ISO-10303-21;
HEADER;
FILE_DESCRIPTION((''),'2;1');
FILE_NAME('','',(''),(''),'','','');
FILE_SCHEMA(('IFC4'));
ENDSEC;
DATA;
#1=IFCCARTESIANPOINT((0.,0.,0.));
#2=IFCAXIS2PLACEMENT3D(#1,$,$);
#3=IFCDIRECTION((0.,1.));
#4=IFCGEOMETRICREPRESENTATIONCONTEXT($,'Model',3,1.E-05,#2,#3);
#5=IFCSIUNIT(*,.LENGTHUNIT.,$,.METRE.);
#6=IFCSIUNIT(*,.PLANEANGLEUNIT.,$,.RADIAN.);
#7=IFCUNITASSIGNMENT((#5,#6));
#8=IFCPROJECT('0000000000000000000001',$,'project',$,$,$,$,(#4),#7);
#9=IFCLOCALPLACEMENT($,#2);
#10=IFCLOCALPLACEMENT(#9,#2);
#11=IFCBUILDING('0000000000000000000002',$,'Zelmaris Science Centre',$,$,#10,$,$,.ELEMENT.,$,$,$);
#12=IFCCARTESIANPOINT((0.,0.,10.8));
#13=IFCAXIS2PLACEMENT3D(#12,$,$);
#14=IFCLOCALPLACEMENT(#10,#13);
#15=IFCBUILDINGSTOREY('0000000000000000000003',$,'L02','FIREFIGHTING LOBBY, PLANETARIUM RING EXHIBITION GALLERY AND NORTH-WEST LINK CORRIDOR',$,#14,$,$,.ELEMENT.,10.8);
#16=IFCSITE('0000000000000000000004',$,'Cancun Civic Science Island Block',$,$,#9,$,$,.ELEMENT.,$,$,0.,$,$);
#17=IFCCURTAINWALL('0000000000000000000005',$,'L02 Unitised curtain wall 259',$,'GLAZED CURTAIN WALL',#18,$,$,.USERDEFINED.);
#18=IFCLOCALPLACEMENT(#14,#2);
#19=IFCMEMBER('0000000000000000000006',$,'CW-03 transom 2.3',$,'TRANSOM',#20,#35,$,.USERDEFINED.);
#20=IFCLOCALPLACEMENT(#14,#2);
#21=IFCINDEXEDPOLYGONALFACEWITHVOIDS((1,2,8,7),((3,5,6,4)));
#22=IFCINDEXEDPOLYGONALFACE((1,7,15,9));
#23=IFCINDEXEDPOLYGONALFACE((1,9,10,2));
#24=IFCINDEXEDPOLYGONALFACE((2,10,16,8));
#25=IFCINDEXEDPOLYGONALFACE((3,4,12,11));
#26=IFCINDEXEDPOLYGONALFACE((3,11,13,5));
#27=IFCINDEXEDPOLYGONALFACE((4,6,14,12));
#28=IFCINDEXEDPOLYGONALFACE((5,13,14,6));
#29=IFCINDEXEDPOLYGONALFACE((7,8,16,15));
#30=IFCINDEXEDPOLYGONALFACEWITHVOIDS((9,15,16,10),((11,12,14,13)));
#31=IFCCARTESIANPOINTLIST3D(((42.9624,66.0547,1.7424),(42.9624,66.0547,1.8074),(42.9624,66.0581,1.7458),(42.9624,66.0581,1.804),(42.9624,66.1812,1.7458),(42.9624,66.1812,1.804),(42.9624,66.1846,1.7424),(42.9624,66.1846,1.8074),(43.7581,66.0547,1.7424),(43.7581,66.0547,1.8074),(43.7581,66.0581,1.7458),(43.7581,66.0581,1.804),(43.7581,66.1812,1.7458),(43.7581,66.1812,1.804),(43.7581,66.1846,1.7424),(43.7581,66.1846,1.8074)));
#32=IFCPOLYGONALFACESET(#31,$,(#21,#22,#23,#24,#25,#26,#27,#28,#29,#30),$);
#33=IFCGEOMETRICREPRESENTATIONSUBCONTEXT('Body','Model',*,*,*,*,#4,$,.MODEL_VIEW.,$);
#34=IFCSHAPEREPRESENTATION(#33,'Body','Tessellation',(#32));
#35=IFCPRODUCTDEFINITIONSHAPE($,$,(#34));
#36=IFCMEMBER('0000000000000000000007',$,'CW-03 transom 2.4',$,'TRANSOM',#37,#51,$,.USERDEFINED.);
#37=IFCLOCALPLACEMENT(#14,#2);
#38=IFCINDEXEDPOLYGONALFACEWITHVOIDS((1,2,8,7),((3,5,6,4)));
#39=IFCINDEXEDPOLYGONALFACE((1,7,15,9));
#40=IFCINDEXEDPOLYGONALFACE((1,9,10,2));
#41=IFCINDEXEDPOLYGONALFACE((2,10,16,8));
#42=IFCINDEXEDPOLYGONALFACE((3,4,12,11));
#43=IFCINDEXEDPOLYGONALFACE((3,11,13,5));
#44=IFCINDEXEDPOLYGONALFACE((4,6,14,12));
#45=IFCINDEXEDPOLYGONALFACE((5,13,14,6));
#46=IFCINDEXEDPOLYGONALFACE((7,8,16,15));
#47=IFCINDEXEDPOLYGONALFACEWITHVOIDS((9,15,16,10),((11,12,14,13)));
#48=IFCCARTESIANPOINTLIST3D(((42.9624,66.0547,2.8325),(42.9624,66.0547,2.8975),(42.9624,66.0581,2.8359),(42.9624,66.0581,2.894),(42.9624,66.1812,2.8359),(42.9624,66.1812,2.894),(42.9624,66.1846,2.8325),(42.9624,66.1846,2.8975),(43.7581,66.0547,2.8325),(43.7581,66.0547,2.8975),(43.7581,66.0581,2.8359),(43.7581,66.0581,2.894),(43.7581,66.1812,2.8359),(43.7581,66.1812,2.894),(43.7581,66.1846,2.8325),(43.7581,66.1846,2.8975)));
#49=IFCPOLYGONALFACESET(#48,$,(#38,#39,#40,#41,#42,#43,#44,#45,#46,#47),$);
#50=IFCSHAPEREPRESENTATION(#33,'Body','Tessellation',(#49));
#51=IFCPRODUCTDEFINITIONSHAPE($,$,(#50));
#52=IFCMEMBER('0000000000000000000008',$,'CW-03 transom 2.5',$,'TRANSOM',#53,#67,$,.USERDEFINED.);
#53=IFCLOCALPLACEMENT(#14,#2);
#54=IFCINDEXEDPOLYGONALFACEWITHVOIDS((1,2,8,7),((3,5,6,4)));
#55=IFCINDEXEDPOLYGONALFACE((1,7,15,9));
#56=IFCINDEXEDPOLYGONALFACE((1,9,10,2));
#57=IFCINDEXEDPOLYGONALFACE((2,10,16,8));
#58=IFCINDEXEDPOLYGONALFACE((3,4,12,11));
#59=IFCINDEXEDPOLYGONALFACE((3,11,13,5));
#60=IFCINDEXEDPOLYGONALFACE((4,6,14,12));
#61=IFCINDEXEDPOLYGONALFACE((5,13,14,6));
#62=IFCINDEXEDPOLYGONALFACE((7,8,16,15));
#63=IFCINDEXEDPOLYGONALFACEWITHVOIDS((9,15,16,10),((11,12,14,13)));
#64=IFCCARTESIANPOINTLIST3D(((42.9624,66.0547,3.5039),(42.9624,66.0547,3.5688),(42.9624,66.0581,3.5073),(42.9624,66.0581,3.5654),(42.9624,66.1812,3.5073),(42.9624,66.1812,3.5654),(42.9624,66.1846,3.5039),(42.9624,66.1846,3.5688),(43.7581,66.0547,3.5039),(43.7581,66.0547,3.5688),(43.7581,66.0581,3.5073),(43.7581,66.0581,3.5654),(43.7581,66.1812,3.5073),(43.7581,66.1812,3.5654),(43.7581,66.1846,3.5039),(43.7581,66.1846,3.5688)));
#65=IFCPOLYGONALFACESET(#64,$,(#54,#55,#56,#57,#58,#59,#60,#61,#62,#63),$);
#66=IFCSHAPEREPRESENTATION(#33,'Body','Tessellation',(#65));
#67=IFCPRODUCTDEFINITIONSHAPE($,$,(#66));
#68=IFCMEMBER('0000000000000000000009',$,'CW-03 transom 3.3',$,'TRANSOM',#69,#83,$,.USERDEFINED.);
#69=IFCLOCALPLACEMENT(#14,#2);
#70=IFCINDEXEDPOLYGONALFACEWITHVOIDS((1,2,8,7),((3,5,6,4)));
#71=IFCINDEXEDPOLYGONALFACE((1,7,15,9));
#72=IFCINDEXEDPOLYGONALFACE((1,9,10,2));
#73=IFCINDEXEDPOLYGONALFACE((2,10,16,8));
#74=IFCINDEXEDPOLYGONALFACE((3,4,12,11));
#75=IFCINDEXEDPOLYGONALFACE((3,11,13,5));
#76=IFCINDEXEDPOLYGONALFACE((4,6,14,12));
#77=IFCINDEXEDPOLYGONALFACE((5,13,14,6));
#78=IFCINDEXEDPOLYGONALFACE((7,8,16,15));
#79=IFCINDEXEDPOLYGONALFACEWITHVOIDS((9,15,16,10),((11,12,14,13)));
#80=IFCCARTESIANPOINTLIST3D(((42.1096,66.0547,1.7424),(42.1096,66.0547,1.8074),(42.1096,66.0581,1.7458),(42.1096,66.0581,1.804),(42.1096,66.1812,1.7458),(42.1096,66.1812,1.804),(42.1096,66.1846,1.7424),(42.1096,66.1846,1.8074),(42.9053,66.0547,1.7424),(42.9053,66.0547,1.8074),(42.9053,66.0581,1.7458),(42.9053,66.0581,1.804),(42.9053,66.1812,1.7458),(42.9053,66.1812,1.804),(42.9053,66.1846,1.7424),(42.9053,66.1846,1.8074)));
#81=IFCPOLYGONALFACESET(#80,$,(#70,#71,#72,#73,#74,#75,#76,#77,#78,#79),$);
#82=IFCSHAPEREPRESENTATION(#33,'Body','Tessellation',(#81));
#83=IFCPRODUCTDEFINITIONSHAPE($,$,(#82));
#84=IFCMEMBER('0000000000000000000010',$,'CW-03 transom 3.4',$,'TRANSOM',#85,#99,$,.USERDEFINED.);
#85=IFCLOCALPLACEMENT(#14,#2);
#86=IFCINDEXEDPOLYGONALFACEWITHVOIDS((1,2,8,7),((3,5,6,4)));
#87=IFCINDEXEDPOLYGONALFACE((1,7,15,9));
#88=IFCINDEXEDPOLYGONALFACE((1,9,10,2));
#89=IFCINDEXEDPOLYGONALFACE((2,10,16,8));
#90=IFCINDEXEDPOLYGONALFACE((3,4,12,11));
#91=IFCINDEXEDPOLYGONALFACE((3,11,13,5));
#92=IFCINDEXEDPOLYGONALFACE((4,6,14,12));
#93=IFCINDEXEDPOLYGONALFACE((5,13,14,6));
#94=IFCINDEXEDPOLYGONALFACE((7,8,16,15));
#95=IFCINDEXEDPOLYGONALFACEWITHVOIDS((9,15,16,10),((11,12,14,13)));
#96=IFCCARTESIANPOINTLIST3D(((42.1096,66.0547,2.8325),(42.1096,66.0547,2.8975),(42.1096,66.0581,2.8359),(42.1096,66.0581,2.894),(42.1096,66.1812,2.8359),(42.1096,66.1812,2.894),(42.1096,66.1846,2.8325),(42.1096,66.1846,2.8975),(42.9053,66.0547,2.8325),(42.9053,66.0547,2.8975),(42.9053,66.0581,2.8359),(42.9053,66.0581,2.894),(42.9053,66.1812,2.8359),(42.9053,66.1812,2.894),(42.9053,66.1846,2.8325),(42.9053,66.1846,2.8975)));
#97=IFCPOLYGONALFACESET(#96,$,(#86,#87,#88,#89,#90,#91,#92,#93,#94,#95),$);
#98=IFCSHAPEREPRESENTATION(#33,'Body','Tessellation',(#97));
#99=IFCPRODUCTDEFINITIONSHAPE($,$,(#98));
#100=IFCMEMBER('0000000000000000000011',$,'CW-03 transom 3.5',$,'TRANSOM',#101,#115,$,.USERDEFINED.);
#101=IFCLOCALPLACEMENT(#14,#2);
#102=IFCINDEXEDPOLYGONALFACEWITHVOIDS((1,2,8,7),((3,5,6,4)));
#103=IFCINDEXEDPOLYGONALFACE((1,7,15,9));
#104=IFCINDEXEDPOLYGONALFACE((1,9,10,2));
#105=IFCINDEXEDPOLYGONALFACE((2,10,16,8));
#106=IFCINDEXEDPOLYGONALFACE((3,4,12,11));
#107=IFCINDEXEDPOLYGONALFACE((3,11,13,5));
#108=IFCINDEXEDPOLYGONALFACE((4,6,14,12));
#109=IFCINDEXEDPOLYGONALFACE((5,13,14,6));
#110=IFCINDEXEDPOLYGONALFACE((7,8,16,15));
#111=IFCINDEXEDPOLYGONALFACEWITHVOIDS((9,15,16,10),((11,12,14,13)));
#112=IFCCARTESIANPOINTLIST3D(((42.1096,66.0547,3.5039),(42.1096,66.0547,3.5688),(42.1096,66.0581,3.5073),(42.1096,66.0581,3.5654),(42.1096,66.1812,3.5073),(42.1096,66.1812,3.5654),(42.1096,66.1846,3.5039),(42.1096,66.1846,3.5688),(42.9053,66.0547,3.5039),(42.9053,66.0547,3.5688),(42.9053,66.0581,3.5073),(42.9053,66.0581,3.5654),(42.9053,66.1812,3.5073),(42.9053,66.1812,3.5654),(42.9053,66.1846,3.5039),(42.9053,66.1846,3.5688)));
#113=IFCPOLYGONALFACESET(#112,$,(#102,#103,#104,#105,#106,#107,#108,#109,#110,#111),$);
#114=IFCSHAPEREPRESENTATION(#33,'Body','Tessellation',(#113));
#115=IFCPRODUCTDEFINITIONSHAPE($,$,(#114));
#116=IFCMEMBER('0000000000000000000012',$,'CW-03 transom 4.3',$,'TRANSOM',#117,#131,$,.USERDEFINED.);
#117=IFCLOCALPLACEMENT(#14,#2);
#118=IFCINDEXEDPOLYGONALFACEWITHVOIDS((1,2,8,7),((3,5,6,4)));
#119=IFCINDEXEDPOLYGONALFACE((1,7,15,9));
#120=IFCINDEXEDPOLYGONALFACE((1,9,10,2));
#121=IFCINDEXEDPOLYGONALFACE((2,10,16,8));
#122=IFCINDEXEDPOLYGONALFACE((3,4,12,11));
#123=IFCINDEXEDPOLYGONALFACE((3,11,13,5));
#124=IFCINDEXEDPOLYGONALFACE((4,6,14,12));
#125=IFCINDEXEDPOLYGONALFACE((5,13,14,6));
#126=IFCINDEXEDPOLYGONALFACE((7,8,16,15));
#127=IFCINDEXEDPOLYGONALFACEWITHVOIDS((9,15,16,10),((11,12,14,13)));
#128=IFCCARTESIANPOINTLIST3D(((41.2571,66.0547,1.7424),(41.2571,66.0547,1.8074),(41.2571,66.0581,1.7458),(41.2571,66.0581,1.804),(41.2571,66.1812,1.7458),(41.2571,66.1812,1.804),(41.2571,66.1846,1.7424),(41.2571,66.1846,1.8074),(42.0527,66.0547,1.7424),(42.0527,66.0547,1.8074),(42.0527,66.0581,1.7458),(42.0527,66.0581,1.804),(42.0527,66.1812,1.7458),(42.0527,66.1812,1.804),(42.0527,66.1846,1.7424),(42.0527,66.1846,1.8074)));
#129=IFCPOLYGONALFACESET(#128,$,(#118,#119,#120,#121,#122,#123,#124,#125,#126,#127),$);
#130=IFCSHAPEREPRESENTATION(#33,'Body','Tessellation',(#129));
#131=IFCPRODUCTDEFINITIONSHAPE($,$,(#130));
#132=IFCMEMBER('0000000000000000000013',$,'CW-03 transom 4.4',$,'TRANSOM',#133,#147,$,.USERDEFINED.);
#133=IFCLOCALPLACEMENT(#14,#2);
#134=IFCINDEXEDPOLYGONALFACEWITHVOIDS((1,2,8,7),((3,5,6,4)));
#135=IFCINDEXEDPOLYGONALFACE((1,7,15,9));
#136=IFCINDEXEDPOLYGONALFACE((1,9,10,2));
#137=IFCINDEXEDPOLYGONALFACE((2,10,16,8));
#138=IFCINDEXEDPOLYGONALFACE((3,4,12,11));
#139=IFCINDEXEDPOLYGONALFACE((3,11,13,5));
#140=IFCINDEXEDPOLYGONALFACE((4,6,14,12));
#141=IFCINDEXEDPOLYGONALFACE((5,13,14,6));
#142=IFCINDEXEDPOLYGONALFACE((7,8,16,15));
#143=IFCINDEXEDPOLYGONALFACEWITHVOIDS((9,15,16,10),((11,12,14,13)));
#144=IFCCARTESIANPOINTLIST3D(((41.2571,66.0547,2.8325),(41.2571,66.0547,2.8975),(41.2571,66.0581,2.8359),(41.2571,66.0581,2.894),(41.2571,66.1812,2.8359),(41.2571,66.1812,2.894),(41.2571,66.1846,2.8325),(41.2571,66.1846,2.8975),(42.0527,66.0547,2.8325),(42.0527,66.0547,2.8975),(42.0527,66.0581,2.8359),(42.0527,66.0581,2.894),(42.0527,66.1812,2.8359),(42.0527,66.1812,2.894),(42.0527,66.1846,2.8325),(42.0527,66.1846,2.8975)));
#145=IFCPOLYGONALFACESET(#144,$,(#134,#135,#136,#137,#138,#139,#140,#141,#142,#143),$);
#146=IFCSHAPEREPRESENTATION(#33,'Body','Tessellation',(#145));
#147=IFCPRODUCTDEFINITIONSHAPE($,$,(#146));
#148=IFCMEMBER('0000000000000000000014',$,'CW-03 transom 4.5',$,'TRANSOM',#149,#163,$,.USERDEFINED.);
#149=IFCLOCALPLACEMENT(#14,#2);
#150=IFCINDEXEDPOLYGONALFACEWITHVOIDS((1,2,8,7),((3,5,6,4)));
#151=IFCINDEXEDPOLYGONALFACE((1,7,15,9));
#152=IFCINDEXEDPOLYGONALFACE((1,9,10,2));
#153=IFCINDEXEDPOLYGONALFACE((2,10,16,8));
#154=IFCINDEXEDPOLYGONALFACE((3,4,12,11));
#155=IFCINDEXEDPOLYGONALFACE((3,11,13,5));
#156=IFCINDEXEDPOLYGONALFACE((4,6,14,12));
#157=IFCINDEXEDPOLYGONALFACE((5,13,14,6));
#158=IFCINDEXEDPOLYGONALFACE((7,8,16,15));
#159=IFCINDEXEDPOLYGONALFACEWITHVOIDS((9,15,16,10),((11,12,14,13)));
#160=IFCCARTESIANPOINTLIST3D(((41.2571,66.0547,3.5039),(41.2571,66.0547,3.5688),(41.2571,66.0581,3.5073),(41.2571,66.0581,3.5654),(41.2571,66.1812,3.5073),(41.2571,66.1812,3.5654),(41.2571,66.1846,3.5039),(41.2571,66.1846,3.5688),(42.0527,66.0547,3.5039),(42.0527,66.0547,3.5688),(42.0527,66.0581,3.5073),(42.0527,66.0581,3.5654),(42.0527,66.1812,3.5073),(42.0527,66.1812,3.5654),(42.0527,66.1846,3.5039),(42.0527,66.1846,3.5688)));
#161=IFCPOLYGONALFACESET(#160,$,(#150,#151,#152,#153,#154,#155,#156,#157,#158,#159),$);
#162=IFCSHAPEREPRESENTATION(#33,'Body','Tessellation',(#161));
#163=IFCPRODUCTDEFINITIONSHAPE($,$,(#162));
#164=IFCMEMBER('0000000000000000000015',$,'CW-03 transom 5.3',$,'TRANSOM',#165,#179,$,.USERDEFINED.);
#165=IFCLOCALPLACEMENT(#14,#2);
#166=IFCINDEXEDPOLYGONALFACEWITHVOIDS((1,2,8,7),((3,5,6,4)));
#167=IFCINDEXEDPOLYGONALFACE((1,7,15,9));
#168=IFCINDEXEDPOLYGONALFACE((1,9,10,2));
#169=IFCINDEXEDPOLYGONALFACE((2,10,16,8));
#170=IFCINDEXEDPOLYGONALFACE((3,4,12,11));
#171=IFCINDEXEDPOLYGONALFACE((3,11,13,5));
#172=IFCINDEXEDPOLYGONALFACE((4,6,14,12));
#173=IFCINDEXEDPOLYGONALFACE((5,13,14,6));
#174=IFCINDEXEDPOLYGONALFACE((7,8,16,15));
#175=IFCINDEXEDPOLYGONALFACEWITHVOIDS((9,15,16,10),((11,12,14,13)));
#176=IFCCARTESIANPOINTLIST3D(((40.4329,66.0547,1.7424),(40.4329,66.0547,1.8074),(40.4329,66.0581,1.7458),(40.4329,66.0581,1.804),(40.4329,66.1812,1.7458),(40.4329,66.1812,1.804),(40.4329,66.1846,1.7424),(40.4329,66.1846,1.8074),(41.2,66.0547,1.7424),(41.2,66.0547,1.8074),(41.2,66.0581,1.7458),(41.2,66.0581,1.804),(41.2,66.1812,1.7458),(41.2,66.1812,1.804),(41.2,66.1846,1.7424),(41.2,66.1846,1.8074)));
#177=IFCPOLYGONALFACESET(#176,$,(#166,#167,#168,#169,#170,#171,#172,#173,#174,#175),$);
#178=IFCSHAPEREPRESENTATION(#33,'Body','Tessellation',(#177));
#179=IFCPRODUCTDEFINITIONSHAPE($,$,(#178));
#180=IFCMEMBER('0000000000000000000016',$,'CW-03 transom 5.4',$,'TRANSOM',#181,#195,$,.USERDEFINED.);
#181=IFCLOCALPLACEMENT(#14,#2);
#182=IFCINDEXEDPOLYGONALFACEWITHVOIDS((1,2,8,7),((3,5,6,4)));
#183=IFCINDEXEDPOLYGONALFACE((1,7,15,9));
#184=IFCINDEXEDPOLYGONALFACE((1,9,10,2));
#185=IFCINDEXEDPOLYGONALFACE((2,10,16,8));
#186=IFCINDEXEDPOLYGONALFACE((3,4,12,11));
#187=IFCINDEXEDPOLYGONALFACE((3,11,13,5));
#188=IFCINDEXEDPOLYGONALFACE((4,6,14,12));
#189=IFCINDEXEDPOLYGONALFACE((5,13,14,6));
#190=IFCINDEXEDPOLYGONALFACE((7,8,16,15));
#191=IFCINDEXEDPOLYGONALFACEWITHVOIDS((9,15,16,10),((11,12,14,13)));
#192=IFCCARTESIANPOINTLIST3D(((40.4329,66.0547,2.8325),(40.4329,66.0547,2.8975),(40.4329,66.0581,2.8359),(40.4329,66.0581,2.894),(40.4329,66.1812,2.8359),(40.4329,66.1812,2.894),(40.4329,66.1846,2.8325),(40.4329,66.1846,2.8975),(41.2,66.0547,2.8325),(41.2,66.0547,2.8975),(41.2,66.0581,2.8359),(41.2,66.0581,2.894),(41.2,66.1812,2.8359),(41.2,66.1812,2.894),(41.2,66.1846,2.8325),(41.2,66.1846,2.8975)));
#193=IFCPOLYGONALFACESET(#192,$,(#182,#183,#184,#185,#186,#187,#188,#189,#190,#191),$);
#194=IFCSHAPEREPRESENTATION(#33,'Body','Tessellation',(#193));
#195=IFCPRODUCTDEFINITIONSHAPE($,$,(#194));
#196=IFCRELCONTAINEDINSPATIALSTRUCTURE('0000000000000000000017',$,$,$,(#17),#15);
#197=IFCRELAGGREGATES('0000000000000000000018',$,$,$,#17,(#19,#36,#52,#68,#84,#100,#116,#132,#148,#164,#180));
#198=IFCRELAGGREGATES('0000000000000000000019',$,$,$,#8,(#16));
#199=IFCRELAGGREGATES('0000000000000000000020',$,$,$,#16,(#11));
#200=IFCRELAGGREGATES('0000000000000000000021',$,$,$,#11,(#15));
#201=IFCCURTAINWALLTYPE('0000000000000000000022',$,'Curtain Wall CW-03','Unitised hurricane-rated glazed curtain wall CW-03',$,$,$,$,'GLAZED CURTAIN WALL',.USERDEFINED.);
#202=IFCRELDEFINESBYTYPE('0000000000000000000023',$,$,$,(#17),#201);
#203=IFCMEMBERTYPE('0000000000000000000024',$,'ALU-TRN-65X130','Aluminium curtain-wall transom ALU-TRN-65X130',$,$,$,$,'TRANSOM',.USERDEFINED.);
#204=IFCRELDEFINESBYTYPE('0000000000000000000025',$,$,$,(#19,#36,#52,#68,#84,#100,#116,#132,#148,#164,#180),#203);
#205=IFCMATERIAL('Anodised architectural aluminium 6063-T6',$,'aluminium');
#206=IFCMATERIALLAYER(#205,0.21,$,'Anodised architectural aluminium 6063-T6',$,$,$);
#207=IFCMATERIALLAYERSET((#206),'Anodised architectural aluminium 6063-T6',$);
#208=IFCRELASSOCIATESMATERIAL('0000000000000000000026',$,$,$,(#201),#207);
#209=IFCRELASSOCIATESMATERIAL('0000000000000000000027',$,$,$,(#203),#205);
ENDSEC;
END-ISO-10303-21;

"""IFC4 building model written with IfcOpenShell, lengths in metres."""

from ifc_helpers import new_model, si_unit, direction, frame, origin, origin_2d, place, context, subcontext, project, spatial, hollow_rectangle, extrude, material, layer, layer_set, material_profile, profile_set, type_object, element, aggregate, save


model = new_model("IFC4")

# Units and contexts
model_context = context("Model", 3, precision=1e-05, world=origin(), true_north=direction((0.0, 1.0)))
body_context = subcontext(model_context, "Body", "Model", "MODEL_VIEW")
ifc_project = project(units=[si_unit("LENGTHUNIT", "METRE"), si_unit("PLANEANGLEUNIT", "RADIAN")], contexts=[model_context])

# Site, building, storey
site_placement = place(None, origin())
site = spatial("IfcSite", under=ifc_project, at=site_placement, Name="Cancun Civic Science Island Block", CompositionType="ELEMENT", RefElevation=0.0)
building_placement = place(site_placement, origin())
building = spatial("IfcBuilding", under=site, at=building_placement, Name="Zelmaris Science Centre", CompositionType="ELEMENT")
storey_placement = place(building_placement, frame((0.0, 0.0, 10.8)))
storey = spatial("IfcBuildingStorey", under=building, at=storey_placement, Name="L02", Description="FIREFIGHTING LOBBY, PLANETARIUM RING EXHIBITION GALLERY AND NORTH-WEST LINK CORRIDOR", CompositionType="ELEMENT", Elevation=10.8)

# Curtain wall, members
ifc_material_1 = material(Name="Anodised architectural aluminium 6063-T6", Category="aluminium")
ifc_layer_1 = layer(ifc_material_1, 0.21, Name="Anodised architectural aluminium 6063-T6")
ifc_layer_set_1 = layer_set([ifc_layer_1], Name="Anodised architectural aluminium 6063-T6")
curtain_wall_type = type_object("IfcCurtainWallType", Name="Curtain Wall CW-03", Description="Unitised hurricane-rated glazed curtain wall CW-03", ElementType="GLAZED CURTAIN WALL", PredefinedType="USERDEFINED", material=ifc_layer_set_1)
curtain_wall_placement = place(storey_placement, origin())
curtain_wall = element("IfcCurtainWall", 1, at=curtain_wall_placement, inside=storey, type_object=curtain_wall_type, Name="L02 Unitised curtain wall 259", ObjectType="GLAZED CURTAIN WALL", PredefinedType="USERDEFINED")
ifc_material_profile = material_profile(ifc_material_1, hollow_rectangle(XDim=0.0649, YDim=0.1299, WallThickness=0.0034, at=origin_2d()), Name="ALU-TRN-65X130")
ifc_profile_set = profile_set([ifc_material_profile], Name="Anodised architectural aluminium 6063-T6")
member_type = type_object("IfcMemberType", Name="ALU-TRN-65X130", Description="Aluminium curtain-wall transom ALU-TRN-65X130", ElementType="TRANSOM", PredefinedType="USERDEFINED", material=ifc_profile_set)
member_1_placement = place(storey_placement, frame((43.7581, 66.1196, 1.7749), z_axis=(-1.0, 0.0, 0.0), x_axis=(0.0, 0.0, 1.0)))
member_1 = element("IfcMember", 2, at=member_1_placement, type_object=member_type, Name="CW-03 transom 2.3", ObjectType="TRANSOM", PredefinedType="USERDEFINED", context=body_context, shape_type="SweptSolid", body=[
    extrude(hollow_rectangle(XDim=0.0649, YDim=0.1299, WallThickness=0.0034, at=origin_2d()), origin(), (0.0, 0.0, 1.0), 0.7957),
])
member_2_placement = place(storey_placement, frame((43.7581, 66.1196, 2.865), z_axis=(-1.0, 0.0, 0.0), x_axis=(0.0, 0.0, 1.0)))
member_2 = element("IfcMember", 3, at=member_2_placement, type_object=member_type, Name="CW-03 transom 2.4", ObjectType="TRANSOM", PredefinedType="USERDEFINED", context=body_context, shape_type="SweptSolid", body=[
    extrude(hollow_rectangle(XDim=0.0649, YDim=0.1299, WallThickness=0.0034, at=origin_2d()), origin(), (0.0, 0.0, 1.0), 0.7957),
])
member_3_placement = place(storey_placement, frame((43.7581, 66.1196, 3.5364), z_axis=(-1.0, 0.0, 0.0), x_axis=(0.0, 0.0, 1.0)))
member_3 = element("IfcMember", 4, at=member_3_placement, type_object=member_type, Name="CW-03 transom 2.5", ObjectType="TRANSOM", PredefinedType="USERDEFINED", context=body_context, shape_type="SweptSolid", body=[
    extrude(hollow_rectangle(XDim=0.0649, YDim=0.1299, WallThickness=0.0034, at=origin_2d()), origin(), (0.0, 0.0, 1.0), 0.7957),
])
member_4_placement = place(storey_placement, frame((42.9053, 66.1196, 1.7749), z_axis=(-1.0, 0.0, 0.0), x_axis=(0.0, 0.0, 1.0)))
member_4 = element("IfcMember", 5, at=member_4_placement, type_object=member_type, Name="CW-03 transom 3.3", ObjectType="TRANSOM", PredefinedType="USERDEFINED", context=body_context, shape_type="SweptSolid", body=[
    extrude(hollow_rectangle(XDim=0.0649, YDim=0.1299, WallThickness=0.0034, at=origin_2d()), origin(), (0.0, 0.0, 1.0), 0.7957),
])
member_5_placement = place(storey_placement, frame((42.9053, 66.1196, 2.865), z_axis=(-1.0, 0.0, 0.0), x_axis=(0.0, 0.0, 1.0)))
member_5 = element("IfcMember", 6, at=member_5_placement, type_object=member_type, Name="CW-03 transom 3.4", ObjectType="TRANSOM", PredefinedType="USERDEFINED", context=body_context, shape_type="SweptSolid", body=[
    extrude(hollow_rectangle(XDim=0.0649, YDim=0.1299, WallThickness=0.0034, at=origin_2d()), origin(), (0.0, 0.0, 1.0), 0.7957),
])
member_6_placement = place(storey_placement, frame((42.9053, 66.1196, 3.5364), z_axis=(-1.0, 0.0, 0.0), x_axis=(0.0, 0.0, 1.0)))
member_6 = element("IfcMember", 7, at=member_6_placement, type_object=member_type, Name="CW-03 transom 3.5", ObjectType="TRANSOM", PredefinedType="USERDEFINED", context=body_context, shape_type="SweptSolid", body=[
    extrude(hollow_rectangle(XDim=0.0649, YDim=0.1299, WallThickness=0.0034, at=origin_2d()), origin(), (0.0, 0.0, 1.0), 0.7957),
])
member_7_placement = place(storey_placement, frame((42.0527, 66.1196, 1.7749), z_axis=(-1.0, 0.0, 0.0), x_axis=(0.0, 0.0, 1.0)))
member_7 = element("IfcMember", 8, at=member_7_placement, type_object=member_type, Name="CW-03 transom 4.3", ObjectType="TRANSOM", PredefinedType="USERDEFINED", context=body_context, shape_type="SweptSolid", body=[
    extrude(hollow_rectangle(XDim=0.0649, YDim=0.1299, WallThickness=0.0034, at=origin_2d()), origin(), (0.0, 0.0, 1.0), 0.7957),
])
member_8_placement = place(storey_placement, frame((42.0527, 66.1196, 2.865), z_axis=(-1.0, 0.0, 0.0), x_axis=(0.0, 0.0, 1.0)))
member_8 = element("IfcMember", 9, at=member_8_placement, type_object=member_type, Name="CW-03 transom 4.4", ObjectType="TRANSOM", PredefinedType="USERDEFINED", context=body_context, shape_type="SweptSolid", body=[
    extrude(hollow_rectangle(XDim=0.0649, YDim=0.1299, WallThickness=0.0034, at=origin_2d()), origin(), (0.0, 0.0, 1.0), 0.7957),
])
member_9_placement = place(storey_placement, frame((42.0527, 66.1196, 3.5364), z_axis=(-1.0, 0.0, 0.0), x_axis=(0.0, 0.0, 1.0)))
member_9 = element("IfcMember", 10, at=member_9_placement, type_object=member_type, Name="CW-03 transom 4.5", ObjectType="TRANSOM", PredefinedType="USERDEFINED", context=body_context, shape_type="SweptSolid", body=[
    extrude(hollow_rectangle(XDim=0.0649, YDim=0.1299, WallThickness=0.0034, at=origin_2d()), origin(), (0.0, 0.0, 1.0), 0.7957),
])
member_10_placement = place(storey_placement, frame((41.2, 66.1196, 1.7749), z_axis=(-1.0, 0.0, 0.0), x_axis=(0.0, 0.0, 1.0)))
member_10 = element("IfcMember", 11, at=member_10_placement, type_object=member_type, Name="CW-03 transom 5.3", ObjectType="TRANSOM", PredefinedType="USERDEFINED", context=body_context, shape_type="SweptSolid", body=[
    extrude(hollow_rectangle(XDim=0.0649, YDim=0.1299, WallThickness=0.0034, at=origin_2d()), origin(), (0.0, 0.0, 1.0), 0.7671),
])
member_11_placement = place(storey_placement, frame((41.2, 66.1196, 2.865), z_axis=(-1.0, 0.0, 0.0), x_axis=(0.0, 0.0, 1.0)))
member_11 = element("IfcMember", 12, at=member_11_placement, type_object=member_type, Name="CW-03 transom 5.4", ObjectType="TRANSOM", PredefinedType="USERDEFINED", context=body_context, shape_type="SweptSolid", body=[
    extrude(hollow_rectangle(XDim=0.0649, YDim=0.1299, WallThickness=0.0034, at=origin_2d()), origin(), (0.0, 0.0, 1.0), 0.7671),
])
aggregate(curtain_wall, [member_1, member_2, member_3, member_4, member_5, member_6, member_7, member_8, member_9, member_10, member_11])

save(model, "model.ifc")
